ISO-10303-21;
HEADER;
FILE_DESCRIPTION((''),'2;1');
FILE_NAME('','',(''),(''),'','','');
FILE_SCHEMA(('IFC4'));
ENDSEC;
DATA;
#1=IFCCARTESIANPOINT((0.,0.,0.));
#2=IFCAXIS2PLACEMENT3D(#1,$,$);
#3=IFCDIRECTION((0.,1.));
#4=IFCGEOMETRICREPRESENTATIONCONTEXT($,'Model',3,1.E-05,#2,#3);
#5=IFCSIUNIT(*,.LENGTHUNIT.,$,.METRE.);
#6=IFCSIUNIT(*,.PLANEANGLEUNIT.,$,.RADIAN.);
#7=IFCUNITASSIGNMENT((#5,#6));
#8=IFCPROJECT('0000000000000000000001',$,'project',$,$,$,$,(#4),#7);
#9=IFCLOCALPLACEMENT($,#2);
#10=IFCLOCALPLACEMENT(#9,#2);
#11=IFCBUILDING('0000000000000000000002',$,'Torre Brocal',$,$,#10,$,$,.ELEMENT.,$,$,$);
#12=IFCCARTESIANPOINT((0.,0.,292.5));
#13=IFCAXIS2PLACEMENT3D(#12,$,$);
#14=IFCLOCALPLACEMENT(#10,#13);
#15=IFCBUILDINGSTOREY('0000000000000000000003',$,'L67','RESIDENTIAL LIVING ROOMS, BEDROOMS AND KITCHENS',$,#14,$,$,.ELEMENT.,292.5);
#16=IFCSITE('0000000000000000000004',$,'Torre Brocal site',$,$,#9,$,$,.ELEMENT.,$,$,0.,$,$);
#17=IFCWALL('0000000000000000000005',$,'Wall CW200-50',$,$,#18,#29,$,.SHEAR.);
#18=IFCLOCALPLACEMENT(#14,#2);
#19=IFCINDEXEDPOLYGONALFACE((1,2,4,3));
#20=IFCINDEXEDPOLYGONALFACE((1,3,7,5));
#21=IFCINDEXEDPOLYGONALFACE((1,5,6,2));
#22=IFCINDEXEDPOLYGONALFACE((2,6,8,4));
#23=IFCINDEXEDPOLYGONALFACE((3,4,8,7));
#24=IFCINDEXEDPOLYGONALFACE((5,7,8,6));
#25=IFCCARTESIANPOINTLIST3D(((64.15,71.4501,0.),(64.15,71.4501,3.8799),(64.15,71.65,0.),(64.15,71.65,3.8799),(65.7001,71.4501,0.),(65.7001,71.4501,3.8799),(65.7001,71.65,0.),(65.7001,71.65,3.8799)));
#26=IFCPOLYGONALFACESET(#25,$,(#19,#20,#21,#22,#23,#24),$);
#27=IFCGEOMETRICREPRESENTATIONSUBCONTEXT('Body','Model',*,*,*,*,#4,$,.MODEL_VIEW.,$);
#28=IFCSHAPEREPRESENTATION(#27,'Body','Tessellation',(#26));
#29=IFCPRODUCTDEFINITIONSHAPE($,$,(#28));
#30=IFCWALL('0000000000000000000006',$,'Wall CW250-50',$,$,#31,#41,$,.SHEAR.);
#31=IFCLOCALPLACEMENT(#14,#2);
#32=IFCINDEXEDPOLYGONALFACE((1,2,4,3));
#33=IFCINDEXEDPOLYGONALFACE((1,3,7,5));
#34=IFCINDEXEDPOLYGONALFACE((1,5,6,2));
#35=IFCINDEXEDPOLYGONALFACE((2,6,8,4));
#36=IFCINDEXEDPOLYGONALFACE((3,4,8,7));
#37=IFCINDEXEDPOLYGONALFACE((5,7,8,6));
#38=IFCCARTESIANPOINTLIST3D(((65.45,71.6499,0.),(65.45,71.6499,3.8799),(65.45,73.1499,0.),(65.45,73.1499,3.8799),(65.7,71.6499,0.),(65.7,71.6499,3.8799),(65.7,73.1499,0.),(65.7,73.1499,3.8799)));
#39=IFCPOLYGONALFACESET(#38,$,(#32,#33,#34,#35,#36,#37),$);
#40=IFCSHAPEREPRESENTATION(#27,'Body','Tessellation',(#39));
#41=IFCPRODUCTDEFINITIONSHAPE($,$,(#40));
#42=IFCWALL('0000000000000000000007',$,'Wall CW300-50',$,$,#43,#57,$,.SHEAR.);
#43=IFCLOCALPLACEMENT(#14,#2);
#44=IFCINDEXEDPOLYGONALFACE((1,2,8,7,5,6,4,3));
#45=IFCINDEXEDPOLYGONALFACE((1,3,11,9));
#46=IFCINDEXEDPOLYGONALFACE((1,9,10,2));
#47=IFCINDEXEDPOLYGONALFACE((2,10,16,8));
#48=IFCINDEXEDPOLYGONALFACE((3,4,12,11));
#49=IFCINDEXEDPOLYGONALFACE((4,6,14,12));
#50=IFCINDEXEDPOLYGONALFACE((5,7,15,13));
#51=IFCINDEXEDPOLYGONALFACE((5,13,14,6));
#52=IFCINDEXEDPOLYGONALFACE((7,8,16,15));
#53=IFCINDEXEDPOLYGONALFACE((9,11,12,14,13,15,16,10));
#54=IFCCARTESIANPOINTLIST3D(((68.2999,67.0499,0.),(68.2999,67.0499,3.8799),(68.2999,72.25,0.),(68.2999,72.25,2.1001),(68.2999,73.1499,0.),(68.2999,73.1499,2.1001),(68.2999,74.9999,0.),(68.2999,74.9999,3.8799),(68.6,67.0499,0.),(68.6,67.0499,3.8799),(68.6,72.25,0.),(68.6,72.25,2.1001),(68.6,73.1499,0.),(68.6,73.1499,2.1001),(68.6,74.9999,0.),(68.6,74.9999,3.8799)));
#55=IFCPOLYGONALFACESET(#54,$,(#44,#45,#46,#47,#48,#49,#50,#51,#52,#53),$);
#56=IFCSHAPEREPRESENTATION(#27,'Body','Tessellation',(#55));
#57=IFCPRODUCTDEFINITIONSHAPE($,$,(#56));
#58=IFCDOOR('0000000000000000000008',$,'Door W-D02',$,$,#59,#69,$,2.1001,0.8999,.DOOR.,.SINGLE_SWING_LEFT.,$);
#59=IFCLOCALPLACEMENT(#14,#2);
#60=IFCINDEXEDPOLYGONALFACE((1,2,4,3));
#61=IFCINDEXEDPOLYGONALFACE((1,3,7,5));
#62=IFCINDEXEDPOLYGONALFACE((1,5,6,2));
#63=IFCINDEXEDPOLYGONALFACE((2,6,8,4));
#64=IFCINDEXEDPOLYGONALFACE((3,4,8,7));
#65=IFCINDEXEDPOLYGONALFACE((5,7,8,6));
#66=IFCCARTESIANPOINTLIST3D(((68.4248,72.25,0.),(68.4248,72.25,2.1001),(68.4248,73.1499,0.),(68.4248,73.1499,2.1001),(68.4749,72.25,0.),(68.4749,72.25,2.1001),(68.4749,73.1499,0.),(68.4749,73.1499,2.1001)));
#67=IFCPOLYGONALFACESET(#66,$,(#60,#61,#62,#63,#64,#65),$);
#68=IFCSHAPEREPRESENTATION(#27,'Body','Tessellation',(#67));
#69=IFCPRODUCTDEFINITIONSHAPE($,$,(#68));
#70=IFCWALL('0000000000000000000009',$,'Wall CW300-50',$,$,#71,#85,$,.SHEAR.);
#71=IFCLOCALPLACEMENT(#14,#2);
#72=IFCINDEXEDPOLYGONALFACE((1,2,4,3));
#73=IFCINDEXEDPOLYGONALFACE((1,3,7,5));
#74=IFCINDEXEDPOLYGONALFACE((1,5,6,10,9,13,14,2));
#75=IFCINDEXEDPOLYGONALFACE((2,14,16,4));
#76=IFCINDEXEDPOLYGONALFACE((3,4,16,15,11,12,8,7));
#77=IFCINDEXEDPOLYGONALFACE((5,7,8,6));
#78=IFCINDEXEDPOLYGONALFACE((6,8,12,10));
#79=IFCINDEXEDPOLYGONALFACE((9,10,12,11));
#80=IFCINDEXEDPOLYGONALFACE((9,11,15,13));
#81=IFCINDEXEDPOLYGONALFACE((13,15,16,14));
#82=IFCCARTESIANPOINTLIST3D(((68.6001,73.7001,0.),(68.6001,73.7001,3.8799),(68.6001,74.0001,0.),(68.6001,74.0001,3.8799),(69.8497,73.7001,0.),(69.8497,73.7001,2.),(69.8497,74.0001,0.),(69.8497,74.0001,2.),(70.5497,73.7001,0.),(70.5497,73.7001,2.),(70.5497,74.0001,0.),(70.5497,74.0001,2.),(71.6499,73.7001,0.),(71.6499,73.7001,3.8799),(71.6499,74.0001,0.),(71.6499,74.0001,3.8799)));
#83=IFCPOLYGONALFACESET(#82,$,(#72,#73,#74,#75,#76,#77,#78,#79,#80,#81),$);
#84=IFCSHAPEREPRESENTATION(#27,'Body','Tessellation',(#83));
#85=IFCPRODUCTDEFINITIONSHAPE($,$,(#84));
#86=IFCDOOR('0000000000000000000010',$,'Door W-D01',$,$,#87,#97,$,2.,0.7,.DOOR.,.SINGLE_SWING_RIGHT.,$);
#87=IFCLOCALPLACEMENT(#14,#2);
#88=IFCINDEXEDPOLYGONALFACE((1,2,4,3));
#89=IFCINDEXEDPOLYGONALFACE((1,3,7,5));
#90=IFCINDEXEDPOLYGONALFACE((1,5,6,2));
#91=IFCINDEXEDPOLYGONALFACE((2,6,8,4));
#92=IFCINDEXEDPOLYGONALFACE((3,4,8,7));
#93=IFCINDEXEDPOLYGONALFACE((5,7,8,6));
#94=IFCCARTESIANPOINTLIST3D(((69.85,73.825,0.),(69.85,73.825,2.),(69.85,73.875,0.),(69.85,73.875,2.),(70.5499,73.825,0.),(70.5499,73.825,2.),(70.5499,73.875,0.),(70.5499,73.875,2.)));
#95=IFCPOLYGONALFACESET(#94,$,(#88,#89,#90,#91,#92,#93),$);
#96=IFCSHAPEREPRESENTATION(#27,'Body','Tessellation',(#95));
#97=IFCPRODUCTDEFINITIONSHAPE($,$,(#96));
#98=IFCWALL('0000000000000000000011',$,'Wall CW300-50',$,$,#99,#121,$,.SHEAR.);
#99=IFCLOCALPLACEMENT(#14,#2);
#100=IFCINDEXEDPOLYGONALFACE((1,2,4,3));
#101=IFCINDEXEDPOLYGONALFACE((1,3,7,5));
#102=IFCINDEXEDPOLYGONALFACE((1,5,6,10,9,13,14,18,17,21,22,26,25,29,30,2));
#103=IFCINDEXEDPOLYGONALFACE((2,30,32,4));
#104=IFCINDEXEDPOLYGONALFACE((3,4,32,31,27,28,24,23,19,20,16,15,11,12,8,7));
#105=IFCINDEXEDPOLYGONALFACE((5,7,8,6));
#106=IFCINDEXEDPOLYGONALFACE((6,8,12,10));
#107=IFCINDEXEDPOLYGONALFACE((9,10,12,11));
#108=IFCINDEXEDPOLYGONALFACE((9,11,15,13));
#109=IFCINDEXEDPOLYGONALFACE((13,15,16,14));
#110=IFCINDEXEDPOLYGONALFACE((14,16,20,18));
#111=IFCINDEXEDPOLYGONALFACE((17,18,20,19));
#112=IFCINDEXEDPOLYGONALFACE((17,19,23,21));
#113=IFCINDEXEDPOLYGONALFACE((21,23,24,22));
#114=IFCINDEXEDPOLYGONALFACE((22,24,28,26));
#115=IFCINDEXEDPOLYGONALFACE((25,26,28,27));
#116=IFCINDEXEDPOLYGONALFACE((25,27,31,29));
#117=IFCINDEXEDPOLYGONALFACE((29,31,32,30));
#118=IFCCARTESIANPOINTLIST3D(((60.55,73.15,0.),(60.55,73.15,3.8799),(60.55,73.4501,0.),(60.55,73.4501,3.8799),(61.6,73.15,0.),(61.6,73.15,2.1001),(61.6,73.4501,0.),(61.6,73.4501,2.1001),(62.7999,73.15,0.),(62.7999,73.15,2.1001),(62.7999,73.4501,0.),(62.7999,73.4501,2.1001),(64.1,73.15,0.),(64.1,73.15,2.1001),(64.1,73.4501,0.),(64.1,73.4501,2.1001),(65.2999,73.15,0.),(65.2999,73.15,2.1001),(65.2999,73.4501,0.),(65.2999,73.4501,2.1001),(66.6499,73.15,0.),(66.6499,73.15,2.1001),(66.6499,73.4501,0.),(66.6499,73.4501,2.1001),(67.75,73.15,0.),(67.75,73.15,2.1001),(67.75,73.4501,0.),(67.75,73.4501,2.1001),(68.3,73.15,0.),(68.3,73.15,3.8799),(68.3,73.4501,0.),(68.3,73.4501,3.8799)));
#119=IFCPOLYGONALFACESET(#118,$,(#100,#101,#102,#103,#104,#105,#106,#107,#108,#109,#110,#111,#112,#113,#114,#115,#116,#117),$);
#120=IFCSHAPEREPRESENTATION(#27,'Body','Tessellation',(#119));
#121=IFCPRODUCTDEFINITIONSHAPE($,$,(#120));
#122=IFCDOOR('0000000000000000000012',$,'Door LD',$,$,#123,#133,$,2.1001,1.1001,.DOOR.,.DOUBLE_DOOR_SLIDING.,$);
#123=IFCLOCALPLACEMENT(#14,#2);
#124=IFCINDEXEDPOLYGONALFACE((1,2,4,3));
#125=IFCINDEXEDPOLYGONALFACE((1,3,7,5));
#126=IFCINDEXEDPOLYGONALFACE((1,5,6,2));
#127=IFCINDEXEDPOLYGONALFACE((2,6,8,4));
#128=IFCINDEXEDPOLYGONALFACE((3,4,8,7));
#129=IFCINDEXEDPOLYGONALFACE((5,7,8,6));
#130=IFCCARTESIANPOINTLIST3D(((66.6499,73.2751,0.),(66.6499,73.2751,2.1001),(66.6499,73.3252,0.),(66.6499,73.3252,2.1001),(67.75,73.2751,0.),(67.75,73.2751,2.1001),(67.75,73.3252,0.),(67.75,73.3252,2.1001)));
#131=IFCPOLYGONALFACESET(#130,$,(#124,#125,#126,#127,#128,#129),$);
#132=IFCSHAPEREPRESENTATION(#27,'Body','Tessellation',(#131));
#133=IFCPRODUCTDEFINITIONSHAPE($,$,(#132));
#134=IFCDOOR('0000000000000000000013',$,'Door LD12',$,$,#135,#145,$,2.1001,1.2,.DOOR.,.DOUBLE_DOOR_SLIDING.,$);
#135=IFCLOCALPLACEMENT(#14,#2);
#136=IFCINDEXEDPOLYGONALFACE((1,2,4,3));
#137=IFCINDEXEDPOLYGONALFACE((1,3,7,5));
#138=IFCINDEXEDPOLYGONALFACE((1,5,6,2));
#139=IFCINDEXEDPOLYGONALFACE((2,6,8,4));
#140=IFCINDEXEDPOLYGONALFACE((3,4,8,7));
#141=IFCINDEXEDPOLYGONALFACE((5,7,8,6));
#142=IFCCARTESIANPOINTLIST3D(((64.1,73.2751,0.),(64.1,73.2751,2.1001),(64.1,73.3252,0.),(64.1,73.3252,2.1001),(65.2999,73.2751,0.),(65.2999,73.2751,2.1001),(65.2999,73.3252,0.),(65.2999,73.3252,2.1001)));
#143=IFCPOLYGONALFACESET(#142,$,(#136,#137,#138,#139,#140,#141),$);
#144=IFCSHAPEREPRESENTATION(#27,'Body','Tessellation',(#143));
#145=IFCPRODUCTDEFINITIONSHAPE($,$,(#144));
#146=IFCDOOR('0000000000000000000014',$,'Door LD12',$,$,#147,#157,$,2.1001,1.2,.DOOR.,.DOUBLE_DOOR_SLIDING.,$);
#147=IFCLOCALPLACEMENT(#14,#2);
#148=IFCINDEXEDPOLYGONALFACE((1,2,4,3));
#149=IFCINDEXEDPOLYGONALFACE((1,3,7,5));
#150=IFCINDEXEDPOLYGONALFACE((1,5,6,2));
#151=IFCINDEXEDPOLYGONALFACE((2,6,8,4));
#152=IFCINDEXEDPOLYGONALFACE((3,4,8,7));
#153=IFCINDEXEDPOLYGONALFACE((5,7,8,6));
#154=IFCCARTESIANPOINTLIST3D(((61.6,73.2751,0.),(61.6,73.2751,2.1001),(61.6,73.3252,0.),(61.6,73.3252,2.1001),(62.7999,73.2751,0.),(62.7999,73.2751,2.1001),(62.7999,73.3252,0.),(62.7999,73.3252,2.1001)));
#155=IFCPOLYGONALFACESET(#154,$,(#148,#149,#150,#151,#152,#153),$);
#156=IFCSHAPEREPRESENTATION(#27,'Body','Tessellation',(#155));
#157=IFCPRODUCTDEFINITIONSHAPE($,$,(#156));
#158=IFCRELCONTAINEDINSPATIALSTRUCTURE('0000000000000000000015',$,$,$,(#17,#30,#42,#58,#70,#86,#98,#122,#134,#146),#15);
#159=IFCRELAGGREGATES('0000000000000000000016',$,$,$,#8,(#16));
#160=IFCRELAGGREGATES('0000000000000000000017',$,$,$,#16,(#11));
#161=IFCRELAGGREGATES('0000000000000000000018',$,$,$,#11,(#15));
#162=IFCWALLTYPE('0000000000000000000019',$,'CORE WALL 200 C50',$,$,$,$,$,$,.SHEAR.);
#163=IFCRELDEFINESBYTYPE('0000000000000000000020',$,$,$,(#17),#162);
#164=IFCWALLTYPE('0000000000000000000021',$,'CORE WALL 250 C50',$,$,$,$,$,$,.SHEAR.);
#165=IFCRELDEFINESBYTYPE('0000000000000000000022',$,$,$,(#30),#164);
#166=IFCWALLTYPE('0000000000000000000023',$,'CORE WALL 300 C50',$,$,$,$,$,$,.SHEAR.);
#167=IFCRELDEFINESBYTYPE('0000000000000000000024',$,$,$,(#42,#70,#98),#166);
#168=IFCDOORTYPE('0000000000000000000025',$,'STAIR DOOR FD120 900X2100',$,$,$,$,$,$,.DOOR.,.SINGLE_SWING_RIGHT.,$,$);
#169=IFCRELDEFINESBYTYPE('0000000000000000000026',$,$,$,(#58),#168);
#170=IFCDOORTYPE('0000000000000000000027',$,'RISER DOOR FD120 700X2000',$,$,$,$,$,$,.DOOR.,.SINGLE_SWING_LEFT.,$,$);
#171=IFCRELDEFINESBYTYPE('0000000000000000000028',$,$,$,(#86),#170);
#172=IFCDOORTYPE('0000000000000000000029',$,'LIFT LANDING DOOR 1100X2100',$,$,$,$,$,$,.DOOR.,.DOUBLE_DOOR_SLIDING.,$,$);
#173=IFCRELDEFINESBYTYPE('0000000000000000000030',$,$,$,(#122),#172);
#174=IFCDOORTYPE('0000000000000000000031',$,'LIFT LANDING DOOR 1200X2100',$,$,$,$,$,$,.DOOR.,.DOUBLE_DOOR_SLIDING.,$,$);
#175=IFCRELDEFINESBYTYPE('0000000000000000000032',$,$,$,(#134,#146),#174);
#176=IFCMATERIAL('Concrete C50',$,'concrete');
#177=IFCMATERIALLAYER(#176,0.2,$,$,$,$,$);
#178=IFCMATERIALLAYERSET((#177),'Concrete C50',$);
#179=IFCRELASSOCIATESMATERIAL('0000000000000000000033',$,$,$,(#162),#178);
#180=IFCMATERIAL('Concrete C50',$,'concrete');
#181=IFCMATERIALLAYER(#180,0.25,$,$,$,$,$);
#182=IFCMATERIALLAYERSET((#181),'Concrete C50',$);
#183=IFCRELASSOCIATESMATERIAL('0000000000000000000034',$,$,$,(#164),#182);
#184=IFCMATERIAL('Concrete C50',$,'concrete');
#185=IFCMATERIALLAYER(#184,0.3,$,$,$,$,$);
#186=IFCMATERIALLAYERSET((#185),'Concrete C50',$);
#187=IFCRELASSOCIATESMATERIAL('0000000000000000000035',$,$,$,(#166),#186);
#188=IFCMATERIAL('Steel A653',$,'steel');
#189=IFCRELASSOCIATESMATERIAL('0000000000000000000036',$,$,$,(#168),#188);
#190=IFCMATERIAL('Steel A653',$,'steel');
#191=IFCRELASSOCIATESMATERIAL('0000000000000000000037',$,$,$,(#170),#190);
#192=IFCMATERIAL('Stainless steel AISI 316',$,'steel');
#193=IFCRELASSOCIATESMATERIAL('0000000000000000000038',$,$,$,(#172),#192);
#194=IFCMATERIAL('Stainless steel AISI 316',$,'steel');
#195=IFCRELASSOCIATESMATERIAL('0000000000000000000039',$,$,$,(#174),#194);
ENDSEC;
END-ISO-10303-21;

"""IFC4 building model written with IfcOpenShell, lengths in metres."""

from ifc_helpers import new_model, si_unit, direction, frame, frame_2d, origin, place, context, subcontext, project, spatial, rectangle, extrude, material, layer, layer_set, type_object, element, fill, save


model = new_model("IFC4")

# Units and contexts
model_context = context("Model", 3, precision=1e-05, world=origin(), true_north=direction((0.0, 1.0)))
body_context = subcontext(model_context, "Body", "Model", "MODEL_VIEW")
ifc_project = project(units=[si_unit("LENGTHUNIT", "METRE"), si_unit("PLANEANGLEUNIT", "RADIAN")], contexts=[model_context])

# Site, building, storey
site_placement = place(None, origin())
site = spatial("IfcSite", under=ifc_project, at=site_placement, Name="Torre Brocal site", CompositionType="ELEMENT", RefElevation=0.0)
building_placement = place(site_placement, origin())
building = spatial("IfcBuilding", under=site, at=building_placement, Name="Torre Brocal", CompositionType="ELEMENT")
storey_placement = place(building_placement, frame((0.0, 0.0, 292.5)))
storey = spatial("IfcBuildingStorey", under=building, at=storey_placement, Name="L67", Description="RESIDENTIAL LIVING ROOMS, BEDROOMS AND KITCHENS", CompositionType="ELEMENT", Elevation=292.5)

# Walls
ifc_material_1 = material(Name="Concrete C50", Category="concrete")
ifc_layer_1 = layer(ifc_material_1, 0.2)
ifc_layer_set_1 = layer_set([ifc_layer_1], Name="Concrete C50")
wall_type_1 = type_object("IfcWallType", Name="CORE WALL 200 C50", PredefinedType="SHEAR", material=ifc_layer_set_1)
wall_1_placement = place(storey_placement, frame((65.7, 71.55, 0.0), z_axis=(0.0, 0.0, 1.0), x_axis=(-1.0, 0.0, 0.0)))
element("IfcWall", 1, at=wall_1_placement, inside=storey, type_object=wall_type_1, Name="Wall CW200-50", PredefinedType="SHEAR", context=body_context, shape_type="SweptSolid", body=[
    extrude(rectangle(XDim=1.55, YDim=0.2, at=frame_2d((0.7749, 0.0))), origin(), (0.0, 0.0, 1.0), 3.8799),
])
ifc_material_2 = material(Name="Concrete C50", Category="concrete")
ifc_layer_2 = layer(ifc_material_2, 0.25)
ifc_layer_set_2 = layer_set([ifc_layer_2], Name="Concrete C50")
wall_type_2 = type_object("IfcWallType", Name="CORE WALL 250 C50", PredefinedType="SHEAR", material=ifc_layer_set_2)
wall_2_placement = place(storey_placement, frame((65.575, 73.1499, 0.0), z_axis=(0.0, 0.0, 1.0), x_axis=(0.0, -1.0, 0.0)))
element("IfcWall", 2, at=wall_2_placement, inside=storey, type_object=wall_type_2, Name="Wall CW250-50", PredefinedType="SHEAR", context=body_context, shape_type="SweptSolid", body=[
    extrude(rectangle(XDim=1.5, YDim=0.25, at=frame_2d((0.75, 0.0))), origin(), (0.0, 0.0, 1.0), 3.8799),
])

# Walls, openings, doors
ifc_material_3 = material(Name="Concrete C50", Category="concrete")
ifc_layer_3 = layer(ifc_material_3, 0.3)
ifc_layer_set_3 = layer_set([ifc_layer_3], Name="Concrete C50")
wall_type_3 = type_object("IfcWallType", Name="CORE WALL 300 C50", PredefinedType="SHEAR", material=ifc_layer_set_3)
wall_3_placement = place(storey_placement, frame((68.45, 75.0, 0.0), z_axis=(0.0, 0.0, 1.0), x_axis=(0.0, -1.0, 0.0)))
wall_3 = element("IfcWall", 3, at=wall_3_placement, inside=storey, type_object=wall_type_3, Name="Wall CW300-50", PredefinedType="SHEAR", context=body_context, shape_type="SweptSolid", body=[
    extrude(rectangle(XDim=7.95, YDim=0.3, at=frame_2d((3.9751, 0.0))), origin(), (0.0, 0.0, 1.0), 3.8799),
])
opening_1_placement = place(wall_3_placement, frame((1.8501, 0.0, 0.0)))
opening_1 = element("IfcOpeningElement", 4, at=opening_1_placement, cuts=wall_3, PredefinedType="OPENING", context=body_context, shape_type="SweptSolid", body=[
    extrude(rectangle(XDim=0.8999, YDim=2.1001, at=frame_2d((0.45, 1.05))), frame((0.0, 0.1599, 0.0), z_axis=(0.0, -1.0, 0.0), x_axis=(1.0, 0.0, 0.0)), (0.0, 0.0, 1.0), 0.3201),
])
ifc_material_4 = material(Name="Steel A653", Category="steel")
door_type_1 = type_object("IfcDoorType", Name="STAIR DOOR FD120 900X2100", OperationType="SINGLE_SWING_RIGHT", PredefinedType="DOOR", material=ifc_material_4)
door_1_placement = place(opening_1_placement, origin())
door_1 = element("IfcDoor", 5, at=door_1_placement, inside=storey, type_object=door_type_1, Name="Door W-D02", OperationType="SINGLE_SWING_LEFT", OverallHeight=2.1001, OverallWidth=0.8999, PredefinedType="DOOR", context=body_context, shape_type="SweptSolid", body=[
    extrude(rectangle(XDim=0.8999, YDim=2.1001, at=frame_2d((0.45, 1.05))), frame((0.0, 0.0249, 0.0), z_axis=(0.0, -1.0, 0.0), x_axis=(1.0, 0.0, 0.0)), (0.0, 0.0, 1.0), 0.05),
])
fill(opening_1, door_1)
wall_4_placement = place(storey_placement, frame((71.6499, 73.8501, 0.0), z_axis=(0.0, 0.0, 1.0), x_axis=(-1.0, 0.0, 0.0)))
wall_4 = element("IfcWall", 6, at=wall_4_placement, inside=storey, type_object=wall_type_3, Name="Wall CW300-50", PredefinedType="SHEAR", context=body_context, shape_type="SweptSolid", body=[
    extrude(rectangle(XDim=3.0498, YDim=0.3, at=frame_2d((1.5249, 0.0))), origin(), (0.0, 0.0, 1.0), 3.8799),
])
opening_2_placement = place(wall_4_placement, frame((1.1001, 0.0, 0.0)))
opening_2 = element("IfcOpeningElement", 7, at=opening_2_placement, cuts=wall_4, PredefinedType="OPENING", context=body_context, shape_type="SweptSolid", body=[
    extrude(rectangle(XDim=0.7, YDim=2.0, at=frame_2d((0.3501, 1.0))), frame((0.0, 0.1599, 0.0), z_axis=(0.0, -1.0, 0.0), x_axis=(1.0, 0.0, 0.0)), (0.0, 0.0, 1.0), 0.3201),
])
ifc_material_5 = material(Name="Steel A653", Category="steel")
door_type_2 = type_object("IfcDoorType", Name="RISER DOOR FD120 700X2000", OperationType="SINGLE_SWING_LEFT", PredefinedType="DOOR", material=ifc_material_5)
door_2_placement = place(opening_2_placement, frame((0.7, 0.0, 0.0), z_axis=(0.0, 0.0, 1.0), x_axis=(-1.0, 0.0, 0.0)))
door_2 = element("IfcDoor", 8, at=door_2_placement, inside=storey, type_object=door_type_2, Name="Door W-D01", OperationType="SINGLE_SWING_RIGHT", OverallHeight=2.0, OverallWidth=0.7, PredefinedType="DOOR", context=body_context, shape_type="SweptSolid", body=[
    extrude(rectangle(XDim=0.7, YDim=2.0, at=frame_2d((0.3501, 1.0))), frame((0.0, 0.0249, 0.0), z_axis=(0.0, -1.0, 0.0), x_axis=(1.0, 0.0, 0.0)), (0.0, 0.0, 1.0), 0.05),
])
fill(opening_2, door_2)

# Wall, openings, doors
wall_5_placement = place(storey_placement, frame((68.3, 73.3, 0.0), z_axis=(0.0, 0.0, 1.0), x_axis=(-1.0, 0.0, 0.0)))
wall_5 = element("IfcWall", 9, at=wall_5_placement, inside=storey, type_object=wall_type_3, Name="Wall CW300-50", PredefinedType="SHEAR", context=body_context, shape_type="SweptSolid", body=[
    extrude(rectangle(XDim=7.75, YDim=0.3, at=frame_2d((3.875, 0.0))), origin(), (0.0, 0.0, 1.0), 3.8799),
])
opening_3_placement = place(wall_5_placement, frame((0.55, 0.0, 0.0)))
opening_3 = element("IfcOpeningElement", 10, at=opening_3_placement, cuts=wall_5, PredefinedType="OPENING", context=body_context, shape_type="SweptSolid", body=[
    extrude(rectangle(XDim=1.1001, YDim=2.1001, at=frame_2d((0.55, 1.05))), frame((0.0, 0.1599, 0.0), z_axis=(0.0, -1.0, 0.0), x_axis=(1.0, 0.0, 0.0)), (0.0, 0.0, 1.0), 0.3201),
])
opening_4_placement = place(wall_5_placement, frame((3.0, 0.0, 0.0)))
opening_4 = element("IfcOpeningElement", 11, at=opening_4_placement, cuts=wall_5, PredefinedType="OPENING", context=body_context, shape_type="SweptSolid", body=[
    extrude(rectangle(XDim=1.2, YDim=2.1001, at=frame_2d((0.6001, 1.05))), frame((0.0, 0.1599, 0.0), z_axis=(0.0, -1.0, 0.0), x_axis=(1.0, 0.0, 0.0)), (0.0, 0.0, 1.0), 0.3201),
])
opening_5_placement = place(wall_5_placement, frame((5.5, 0.0, 0.0)))
opening_5 = element("IfcOpeningElement", 12, at=opening_5_placement, cuts=wall_5, PredefinedType="OPENING", context=body_context, shape_type="SweptSolid", body=[
    extrude(rectangle(XDim=1.2, YDim=2.1001, at=frame_2d((0.6001, 1.05))), frame((0.0, 0.1599, 0.0), z_axis=(0.0, -1.0, 0.0), x_axis=(1.0, 0.0, 0.0)), (0.0, 0.0, 1.0), 0.3201),
])
ifc_material_6 = material(Name="Stainless steel AISI 316", Category="steel")
door_type_3 = type_object("IfcDoorType", Name="LIFT LANDING DOOR 1100X2100", OperationType="DOUBLE_DOOR_SLIDING", PredefinedType="DOOR", material=ifc_material_6)
door_3_placement = place(opening_3_placement, origin())
door_3 = element("IfcDoor", 13, at=door_3_placement, inside=storey, type_object=door_type_3, Name="Door LD", OperationType="DOUBLE_DOOR_SLIDING", OverallHeight=2.1001, OverallWidth=1.1001, PredefinedType="DOOR", context=body_context, shape_type="SweptSolid", body=[
    extrude(rectangle(XDim=1.1001, YDim=2.1001, at=frame_2d((0.55, 1.05))), frame((0.0, 0.0249, 0.0), z_axis=(0.0, -1.0, 0.0), x_axis=(1.0, 0.0, 0.0)), (0.0, 0.0, 1.0), 0.05),
])
fill(opening_3, door_3)
ifc_material_7 = material(Name="Stainless steel AISI 316", Category="steel")
door_type_4 = type_object("IfcDoorType", Name="LIFT LANDING DOOR 1200X2100", OperationType="DOUBLE_DOOR_SLIDING", PredefinedType="DOOR", material=ifc_material_7)
door_4_placement = place(opening_4_placement, origin())
door_4 = element("IfcDoor", 14, at=door_4_placement, inside=storey, type_object=door_type_4, Name="Door LD12", OperationType="DOUBLE_DOOR_SLIDING", OverallHeight=2.1001, OverallWidth=1.2, PredefinedType="DOOR", context=body_context, shape_type="SweptSolid", body=[
    extrude(rectangle(XDim=1.2, YDim=2.1001, at=frame_2d((0.6001, 1.05))), frame((0.0, 0.0249, 0.0), z_axis=(0.0, -1.0, 0.0), x_axis=(1.0, 0.0, 0.0)), (0.0, 0.0, 1.0), 0.05),
])
fill(opening_4, door_4)
door_5_placement = place(opening_5_placement, origin())
door_5 = element("IfcDoor", 15, at=door_5_placement, inside=storey, type_object=door_type_4, Name="Door LD12", OperationType="DOUBLE_DOOR_SLIDING", OverallHeight=2.1001, OverallWidth=1.2, PredefinedType="DOOR", context=body_context, shape_type="SweptSolid", body=[
    extrude(rectangle(XDim=1.2, YDim=2.1001, at=frame_2d((0.6001, 1.05))), frame((0.0, 0.0249, 0.0), z_axis=(0.0, -1.0, 0.0), x_axis=(1.0, 0.0, 0.0)), (0.0, 0.0, 1.0), 0.05),
])
fill(opening_5, door_5)

save(model, "model.ifc")
